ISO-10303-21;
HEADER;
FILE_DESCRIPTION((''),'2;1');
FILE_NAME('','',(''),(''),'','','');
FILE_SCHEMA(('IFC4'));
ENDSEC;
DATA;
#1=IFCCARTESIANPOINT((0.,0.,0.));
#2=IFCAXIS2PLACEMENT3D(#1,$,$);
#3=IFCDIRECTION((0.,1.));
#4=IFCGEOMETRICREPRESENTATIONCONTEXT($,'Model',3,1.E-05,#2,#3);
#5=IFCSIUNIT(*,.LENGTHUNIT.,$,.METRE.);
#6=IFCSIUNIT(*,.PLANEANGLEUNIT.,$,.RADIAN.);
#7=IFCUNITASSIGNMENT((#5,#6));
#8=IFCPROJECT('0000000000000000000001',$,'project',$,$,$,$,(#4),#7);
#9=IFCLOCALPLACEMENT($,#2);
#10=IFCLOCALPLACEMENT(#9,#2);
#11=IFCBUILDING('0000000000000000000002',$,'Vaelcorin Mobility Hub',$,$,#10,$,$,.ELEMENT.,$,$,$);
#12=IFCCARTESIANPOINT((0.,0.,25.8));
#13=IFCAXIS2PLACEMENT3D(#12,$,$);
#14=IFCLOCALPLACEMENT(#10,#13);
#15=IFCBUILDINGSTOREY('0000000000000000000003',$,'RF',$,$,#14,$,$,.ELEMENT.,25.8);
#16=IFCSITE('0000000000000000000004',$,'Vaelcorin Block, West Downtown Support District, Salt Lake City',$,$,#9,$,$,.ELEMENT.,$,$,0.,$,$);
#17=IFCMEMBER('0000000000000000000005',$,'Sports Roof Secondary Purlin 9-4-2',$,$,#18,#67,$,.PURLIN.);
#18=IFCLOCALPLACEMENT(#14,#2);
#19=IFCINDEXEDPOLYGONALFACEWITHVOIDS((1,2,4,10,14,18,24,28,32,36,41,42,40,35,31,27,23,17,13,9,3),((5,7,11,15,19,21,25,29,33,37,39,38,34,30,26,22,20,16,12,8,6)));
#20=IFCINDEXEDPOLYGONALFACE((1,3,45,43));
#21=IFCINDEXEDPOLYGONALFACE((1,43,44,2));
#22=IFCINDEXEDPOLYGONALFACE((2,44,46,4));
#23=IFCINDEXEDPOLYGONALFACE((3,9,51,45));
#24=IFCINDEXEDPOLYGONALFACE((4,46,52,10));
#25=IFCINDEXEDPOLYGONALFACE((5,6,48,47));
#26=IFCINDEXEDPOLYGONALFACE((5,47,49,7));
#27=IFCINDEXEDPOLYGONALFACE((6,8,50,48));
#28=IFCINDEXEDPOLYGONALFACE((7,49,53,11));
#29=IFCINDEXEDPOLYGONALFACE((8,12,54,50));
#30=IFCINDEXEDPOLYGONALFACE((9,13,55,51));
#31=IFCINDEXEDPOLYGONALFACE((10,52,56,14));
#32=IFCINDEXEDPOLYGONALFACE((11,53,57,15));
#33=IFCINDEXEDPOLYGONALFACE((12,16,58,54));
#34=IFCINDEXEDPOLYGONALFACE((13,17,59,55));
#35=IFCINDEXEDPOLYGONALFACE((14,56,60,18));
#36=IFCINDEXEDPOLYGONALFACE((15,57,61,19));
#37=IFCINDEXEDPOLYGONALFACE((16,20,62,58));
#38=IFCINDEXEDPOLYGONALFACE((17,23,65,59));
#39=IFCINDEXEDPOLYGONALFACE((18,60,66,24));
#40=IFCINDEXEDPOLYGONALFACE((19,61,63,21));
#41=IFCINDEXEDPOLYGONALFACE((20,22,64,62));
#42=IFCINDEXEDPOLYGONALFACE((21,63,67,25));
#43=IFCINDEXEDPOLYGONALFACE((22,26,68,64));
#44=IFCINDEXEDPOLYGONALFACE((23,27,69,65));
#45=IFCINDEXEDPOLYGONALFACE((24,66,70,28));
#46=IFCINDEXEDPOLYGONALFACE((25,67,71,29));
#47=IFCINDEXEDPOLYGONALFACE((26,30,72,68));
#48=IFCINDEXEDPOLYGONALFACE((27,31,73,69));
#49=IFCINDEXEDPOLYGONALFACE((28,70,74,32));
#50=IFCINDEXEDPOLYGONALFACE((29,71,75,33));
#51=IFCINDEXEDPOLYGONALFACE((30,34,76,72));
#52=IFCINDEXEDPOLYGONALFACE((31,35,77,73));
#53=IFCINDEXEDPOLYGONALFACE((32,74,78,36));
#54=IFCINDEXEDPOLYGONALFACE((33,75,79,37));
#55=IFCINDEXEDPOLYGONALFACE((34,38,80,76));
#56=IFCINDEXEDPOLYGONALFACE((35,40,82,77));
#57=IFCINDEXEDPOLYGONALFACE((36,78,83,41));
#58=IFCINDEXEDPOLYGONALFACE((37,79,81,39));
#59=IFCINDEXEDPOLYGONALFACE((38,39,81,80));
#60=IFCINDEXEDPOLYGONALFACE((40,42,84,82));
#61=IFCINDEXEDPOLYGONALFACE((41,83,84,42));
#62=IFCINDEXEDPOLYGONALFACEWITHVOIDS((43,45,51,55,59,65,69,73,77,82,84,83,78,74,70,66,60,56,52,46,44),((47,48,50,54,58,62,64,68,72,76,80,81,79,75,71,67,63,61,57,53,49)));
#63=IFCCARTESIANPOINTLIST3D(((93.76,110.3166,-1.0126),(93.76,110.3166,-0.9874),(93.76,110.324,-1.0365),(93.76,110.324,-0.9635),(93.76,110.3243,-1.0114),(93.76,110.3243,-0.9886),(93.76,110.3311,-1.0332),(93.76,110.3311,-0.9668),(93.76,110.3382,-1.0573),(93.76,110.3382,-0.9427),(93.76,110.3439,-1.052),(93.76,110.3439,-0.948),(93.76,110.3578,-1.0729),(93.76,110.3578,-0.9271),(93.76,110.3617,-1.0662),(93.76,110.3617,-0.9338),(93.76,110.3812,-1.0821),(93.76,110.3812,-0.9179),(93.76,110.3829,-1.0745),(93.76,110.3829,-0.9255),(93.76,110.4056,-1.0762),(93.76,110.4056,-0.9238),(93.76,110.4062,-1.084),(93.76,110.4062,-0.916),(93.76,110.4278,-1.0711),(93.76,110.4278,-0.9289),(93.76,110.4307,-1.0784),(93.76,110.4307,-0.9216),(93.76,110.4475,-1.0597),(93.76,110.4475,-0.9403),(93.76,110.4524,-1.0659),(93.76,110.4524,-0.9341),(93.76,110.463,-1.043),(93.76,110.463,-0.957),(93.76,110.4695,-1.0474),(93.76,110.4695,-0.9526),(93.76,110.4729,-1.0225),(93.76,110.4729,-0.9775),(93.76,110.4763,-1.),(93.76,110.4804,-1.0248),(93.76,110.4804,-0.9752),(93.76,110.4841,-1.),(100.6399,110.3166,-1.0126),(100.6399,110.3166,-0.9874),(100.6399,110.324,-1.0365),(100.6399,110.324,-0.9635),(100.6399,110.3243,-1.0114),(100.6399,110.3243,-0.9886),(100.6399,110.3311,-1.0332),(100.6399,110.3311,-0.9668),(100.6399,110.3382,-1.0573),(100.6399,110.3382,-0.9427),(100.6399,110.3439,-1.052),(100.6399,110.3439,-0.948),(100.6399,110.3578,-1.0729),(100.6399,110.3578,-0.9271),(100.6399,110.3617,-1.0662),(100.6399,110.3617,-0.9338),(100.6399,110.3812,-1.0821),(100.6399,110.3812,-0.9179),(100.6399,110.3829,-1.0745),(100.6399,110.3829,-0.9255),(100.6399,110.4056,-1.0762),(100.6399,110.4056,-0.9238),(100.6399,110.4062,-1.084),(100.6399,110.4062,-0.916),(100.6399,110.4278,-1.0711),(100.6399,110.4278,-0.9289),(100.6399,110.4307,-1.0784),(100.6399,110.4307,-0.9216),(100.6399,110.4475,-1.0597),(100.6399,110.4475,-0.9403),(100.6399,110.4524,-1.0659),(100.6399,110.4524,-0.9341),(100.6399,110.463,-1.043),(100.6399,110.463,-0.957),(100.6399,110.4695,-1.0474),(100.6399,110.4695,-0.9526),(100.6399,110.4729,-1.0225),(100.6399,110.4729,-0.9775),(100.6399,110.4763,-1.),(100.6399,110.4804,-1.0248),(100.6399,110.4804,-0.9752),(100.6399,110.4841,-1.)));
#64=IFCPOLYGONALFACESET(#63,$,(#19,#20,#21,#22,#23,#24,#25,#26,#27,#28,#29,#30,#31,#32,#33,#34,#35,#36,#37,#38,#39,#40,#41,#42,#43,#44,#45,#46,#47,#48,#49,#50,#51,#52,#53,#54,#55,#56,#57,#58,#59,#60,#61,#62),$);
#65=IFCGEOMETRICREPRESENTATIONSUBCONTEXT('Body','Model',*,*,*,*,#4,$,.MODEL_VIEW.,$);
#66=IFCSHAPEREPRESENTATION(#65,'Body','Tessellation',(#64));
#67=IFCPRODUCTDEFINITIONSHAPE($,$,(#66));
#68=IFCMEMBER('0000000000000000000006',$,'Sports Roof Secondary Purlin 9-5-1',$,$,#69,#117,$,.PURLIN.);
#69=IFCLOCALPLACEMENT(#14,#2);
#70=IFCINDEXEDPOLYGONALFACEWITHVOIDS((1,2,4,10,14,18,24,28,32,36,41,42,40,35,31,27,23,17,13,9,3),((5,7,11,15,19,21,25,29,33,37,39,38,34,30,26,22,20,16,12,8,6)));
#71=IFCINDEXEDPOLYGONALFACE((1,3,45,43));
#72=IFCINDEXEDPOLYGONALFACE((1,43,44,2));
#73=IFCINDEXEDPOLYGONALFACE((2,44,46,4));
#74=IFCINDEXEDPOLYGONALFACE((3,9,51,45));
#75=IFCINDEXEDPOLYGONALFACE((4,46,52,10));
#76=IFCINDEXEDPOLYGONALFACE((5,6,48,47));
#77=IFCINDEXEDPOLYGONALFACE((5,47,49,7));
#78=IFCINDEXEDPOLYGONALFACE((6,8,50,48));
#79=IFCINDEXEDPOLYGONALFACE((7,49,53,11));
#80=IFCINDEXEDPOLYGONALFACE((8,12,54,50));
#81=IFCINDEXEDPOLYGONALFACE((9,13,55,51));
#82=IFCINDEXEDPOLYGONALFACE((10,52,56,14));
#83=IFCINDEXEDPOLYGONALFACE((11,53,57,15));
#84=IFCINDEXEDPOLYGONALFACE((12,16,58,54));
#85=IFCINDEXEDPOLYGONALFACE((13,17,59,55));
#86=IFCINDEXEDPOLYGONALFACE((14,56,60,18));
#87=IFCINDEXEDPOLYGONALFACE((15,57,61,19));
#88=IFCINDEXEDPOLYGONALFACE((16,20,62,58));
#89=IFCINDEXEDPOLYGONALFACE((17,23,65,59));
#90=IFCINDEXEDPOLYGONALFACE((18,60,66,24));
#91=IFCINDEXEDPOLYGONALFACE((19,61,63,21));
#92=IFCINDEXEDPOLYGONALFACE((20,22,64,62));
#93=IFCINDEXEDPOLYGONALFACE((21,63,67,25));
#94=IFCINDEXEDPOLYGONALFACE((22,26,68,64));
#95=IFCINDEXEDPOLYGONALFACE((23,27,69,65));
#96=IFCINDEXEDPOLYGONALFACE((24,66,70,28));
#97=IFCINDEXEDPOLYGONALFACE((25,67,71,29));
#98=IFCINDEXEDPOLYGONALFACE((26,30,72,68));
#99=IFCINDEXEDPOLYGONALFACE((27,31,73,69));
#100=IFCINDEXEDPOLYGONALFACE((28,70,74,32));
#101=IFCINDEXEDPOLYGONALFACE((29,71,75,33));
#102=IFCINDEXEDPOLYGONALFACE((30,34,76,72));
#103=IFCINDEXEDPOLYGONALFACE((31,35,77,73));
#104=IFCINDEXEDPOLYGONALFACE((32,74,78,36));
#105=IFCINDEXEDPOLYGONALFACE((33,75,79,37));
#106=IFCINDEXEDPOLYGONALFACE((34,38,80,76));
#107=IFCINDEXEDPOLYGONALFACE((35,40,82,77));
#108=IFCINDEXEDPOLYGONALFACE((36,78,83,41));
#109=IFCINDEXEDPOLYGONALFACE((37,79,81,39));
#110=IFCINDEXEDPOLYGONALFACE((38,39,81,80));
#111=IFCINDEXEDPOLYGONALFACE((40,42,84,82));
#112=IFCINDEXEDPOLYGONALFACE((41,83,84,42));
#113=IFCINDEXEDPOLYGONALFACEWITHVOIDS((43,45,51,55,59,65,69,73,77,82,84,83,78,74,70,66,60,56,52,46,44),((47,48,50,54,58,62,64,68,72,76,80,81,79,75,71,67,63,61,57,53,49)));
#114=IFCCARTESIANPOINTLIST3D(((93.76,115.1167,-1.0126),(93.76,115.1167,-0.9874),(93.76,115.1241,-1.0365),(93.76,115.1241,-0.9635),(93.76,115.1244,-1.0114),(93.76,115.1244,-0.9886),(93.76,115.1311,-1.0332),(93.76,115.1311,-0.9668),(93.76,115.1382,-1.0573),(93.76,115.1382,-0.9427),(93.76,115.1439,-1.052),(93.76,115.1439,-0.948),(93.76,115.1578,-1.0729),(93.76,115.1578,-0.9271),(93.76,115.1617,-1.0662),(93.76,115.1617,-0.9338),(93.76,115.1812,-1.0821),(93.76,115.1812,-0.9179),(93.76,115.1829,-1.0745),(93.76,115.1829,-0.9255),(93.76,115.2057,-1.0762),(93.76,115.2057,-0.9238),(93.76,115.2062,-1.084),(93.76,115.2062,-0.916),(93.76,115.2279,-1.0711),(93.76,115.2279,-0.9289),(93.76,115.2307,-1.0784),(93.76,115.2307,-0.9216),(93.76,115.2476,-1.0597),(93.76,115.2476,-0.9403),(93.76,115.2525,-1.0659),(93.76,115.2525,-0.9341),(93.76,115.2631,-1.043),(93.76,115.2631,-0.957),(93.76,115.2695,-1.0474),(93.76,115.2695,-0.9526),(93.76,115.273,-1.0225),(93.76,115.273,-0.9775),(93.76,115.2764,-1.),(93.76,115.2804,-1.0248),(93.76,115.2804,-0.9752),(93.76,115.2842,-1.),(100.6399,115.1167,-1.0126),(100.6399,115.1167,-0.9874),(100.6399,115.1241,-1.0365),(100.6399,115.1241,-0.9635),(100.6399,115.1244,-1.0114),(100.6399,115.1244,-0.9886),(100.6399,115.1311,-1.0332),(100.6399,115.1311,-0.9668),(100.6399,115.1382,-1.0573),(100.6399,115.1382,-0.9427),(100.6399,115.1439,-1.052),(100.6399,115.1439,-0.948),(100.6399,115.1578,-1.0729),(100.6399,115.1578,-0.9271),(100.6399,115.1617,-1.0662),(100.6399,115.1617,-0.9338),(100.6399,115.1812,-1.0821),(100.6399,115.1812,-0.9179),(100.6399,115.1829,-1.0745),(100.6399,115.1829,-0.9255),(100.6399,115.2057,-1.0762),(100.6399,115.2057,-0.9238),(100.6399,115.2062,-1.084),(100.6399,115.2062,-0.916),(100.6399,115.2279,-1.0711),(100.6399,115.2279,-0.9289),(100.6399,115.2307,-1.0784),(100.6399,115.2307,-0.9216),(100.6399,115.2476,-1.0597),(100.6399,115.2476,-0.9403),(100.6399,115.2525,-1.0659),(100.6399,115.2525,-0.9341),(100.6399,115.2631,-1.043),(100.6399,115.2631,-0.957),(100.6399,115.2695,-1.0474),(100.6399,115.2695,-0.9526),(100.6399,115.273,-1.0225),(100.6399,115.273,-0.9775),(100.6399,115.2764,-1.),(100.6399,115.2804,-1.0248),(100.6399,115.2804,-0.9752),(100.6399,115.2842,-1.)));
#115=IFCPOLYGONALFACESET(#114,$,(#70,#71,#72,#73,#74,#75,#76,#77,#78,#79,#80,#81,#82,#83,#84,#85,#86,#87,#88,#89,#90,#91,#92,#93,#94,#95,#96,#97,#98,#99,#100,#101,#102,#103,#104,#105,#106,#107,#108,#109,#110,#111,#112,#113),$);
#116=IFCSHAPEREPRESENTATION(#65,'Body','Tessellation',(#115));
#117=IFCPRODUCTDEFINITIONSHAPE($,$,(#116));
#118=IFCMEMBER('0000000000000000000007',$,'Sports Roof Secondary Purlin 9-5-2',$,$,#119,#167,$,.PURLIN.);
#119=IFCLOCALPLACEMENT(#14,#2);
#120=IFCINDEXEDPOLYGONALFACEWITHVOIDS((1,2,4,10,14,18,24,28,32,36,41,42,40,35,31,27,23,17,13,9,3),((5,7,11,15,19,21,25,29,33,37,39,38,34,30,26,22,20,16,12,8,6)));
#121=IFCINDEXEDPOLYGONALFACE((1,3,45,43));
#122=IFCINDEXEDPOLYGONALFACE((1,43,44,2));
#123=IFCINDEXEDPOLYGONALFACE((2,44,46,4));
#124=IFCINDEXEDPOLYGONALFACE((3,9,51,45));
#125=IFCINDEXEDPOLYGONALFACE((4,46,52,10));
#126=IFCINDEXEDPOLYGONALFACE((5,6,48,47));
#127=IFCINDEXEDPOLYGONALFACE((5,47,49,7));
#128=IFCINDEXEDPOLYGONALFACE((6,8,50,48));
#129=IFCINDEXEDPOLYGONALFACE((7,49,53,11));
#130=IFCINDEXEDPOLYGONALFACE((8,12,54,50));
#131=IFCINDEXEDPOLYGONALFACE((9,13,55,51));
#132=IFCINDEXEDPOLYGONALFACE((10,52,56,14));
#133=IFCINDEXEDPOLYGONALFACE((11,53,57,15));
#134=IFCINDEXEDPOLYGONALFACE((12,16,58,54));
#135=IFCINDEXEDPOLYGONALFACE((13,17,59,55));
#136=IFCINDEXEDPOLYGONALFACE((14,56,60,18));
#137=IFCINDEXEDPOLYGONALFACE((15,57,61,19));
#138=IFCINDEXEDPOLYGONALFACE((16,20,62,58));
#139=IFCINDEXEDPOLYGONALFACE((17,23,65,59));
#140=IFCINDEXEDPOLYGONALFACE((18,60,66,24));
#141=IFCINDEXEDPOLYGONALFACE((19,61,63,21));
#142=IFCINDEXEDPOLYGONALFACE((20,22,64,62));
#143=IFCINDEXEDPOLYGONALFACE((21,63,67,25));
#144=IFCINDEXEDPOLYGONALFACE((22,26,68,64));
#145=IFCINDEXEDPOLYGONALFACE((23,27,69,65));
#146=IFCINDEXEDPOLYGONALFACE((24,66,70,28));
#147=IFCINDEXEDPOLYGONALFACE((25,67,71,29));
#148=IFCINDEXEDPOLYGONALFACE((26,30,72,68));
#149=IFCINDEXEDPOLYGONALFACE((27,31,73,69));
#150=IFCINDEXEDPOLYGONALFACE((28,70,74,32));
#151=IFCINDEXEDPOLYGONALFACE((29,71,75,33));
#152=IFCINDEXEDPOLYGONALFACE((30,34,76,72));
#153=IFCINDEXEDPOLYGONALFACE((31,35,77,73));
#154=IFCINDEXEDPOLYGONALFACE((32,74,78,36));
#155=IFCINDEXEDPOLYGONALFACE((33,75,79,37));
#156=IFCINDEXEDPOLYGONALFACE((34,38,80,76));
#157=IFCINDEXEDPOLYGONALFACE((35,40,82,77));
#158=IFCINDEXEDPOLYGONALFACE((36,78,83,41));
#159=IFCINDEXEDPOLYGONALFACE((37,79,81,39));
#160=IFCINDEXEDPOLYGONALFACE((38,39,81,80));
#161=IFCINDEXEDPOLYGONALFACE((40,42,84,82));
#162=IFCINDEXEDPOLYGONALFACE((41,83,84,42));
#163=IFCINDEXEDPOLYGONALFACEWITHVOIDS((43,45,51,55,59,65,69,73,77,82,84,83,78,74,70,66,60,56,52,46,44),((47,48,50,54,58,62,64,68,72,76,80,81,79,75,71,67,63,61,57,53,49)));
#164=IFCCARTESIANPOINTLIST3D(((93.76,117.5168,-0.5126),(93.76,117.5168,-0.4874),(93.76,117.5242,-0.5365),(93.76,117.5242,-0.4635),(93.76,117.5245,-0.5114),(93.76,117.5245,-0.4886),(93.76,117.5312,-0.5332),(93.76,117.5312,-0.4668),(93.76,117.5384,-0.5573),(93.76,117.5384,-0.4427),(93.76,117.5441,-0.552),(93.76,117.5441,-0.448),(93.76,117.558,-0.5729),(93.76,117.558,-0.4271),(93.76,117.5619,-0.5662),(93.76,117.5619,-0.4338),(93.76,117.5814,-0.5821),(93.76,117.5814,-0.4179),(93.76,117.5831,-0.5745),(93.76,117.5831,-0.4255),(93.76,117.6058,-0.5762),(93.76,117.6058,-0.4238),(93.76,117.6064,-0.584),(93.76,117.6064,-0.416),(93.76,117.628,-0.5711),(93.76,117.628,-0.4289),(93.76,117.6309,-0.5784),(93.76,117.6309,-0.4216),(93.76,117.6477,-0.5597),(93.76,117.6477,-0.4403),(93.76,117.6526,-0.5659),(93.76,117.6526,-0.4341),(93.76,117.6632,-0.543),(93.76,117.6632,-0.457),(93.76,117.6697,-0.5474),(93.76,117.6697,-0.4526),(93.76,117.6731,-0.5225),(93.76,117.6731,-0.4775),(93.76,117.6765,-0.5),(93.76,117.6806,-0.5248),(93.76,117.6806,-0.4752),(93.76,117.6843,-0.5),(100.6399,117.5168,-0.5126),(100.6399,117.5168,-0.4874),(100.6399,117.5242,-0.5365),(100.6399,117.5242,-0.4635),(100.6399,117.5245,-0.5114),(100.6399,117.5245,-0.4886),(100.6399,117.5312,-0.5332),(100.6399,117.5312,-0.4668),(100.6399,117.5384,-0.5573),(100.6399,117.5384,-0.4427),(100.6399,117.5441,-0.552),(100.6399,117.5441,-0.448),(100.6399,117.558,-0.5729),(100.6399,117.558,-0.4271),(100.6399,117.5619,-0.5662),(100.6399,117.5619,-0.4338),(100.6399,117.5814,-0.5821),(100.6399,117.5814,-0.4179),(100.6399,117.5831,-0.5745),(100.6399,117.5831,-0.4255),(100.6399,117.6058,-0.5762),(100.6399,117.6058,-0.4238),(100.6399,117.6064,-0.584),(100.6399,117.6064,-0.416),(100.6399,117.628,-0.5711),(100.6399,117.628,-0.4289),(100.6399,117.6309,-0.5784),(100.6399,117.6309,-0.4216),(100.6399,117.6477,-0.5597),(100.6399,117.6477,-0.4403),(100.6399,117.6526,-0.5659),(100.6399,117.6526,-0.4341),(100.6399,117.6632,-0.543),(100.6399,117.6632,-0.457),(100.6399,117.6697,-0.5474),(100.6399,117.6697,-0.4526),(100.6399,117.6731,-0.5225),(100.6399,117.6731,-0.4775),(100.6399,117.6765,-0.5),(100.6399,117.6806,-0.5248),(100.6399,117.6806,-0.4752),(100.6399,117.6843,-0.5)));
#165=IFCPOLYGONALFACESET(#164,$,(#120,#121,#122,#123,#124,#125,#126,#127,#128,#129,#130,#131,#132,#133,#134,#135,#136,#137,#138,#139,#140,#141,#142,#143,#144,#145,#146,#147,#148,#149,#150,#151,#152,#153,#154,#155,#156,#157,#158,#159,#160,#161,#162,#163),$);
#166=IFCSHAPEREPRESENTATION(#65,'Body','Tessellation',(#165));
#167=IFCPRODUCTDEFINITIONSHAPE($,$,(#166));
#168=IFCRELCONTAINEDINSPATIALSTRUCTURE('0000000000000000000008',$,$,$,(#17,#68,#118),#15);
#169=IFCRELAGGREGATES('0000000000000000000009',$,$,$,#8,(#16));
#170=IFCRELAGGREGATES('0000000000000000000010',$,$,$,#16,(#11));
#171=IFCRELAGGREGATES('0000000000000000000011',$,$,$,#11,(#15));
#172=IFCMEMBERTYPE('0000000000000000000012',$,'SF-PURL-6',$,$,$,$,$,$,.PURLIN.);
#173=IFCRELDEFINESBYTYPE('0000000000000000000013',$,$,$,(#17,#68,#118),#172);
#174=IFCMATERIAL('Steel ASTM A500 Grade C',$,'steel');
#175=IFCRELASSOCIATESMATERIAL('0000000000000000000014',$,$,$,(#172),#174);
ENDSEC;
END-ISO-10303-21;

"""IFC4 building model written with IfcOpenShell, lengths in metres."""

from ifc_helpers import new_model, si_unit, direction, frame, origin, origin_2d, place, context, subcontext, project, spatial, hollow_circle, extrude, material, material_profile, profile_set, type_object, element, save


model = new_model("IFC4")

# Units and contexts
model_context = context("Model", 3, precision=1e-05, world=origin(), true_north=direction((0.0, 1.0)))
body_context = subcontext(model_context, "Body", "Model", "MODEL_VIEW")
ifc_project = project(units=[si_unit("LENGTHUNIT", "METRE"), si_unit("PLANEANGLEUNIT", "RADIAN")], contexts=[model_context])

# Site, building, storey
site_placement = place(None, origin())
site = spatial("IfcSite", under=ifc_project, at=site_placement, Name="Vaelcorin Block, West Downtown Support District, Salt Lake City", CompositionType="ELEMENT", RefElevation=0.0)
building_placement = place(site_placement, origin())
building = spatial("IfcBuilding", under=site, at=building_placement, Name="Vaelcorin Mobility Hub", CompositionType="ELEMENT")
storey_placement = place(building_placement, frame((0.0, 0.0, 25.8)))
storey = spatial("IfcBuildingStorey", under=building, at=storey_placement, Name="RF", CompositionType="ELEMENT", Elevation=25.8)

# Members
ifc_material_1 = material(Name="Steel ASTM A500 Grade C", Category="steel")
ifc_material_profile_1 = material_profile(ifc_material_1, hollow_circle(Radius=0.0842, WallThickness=0.0078, at=origin_2d()), Name="HSS6.625X0.312")
ifc_profile_set_1 = profile_set([ifc_material_profile_1], Name="Steel ASTM A500 Grade C")
member_type_1 = type_object("IfcMemberType", Name="SF-PURL-6", PredefinedType="PURLIN", material=ifc_profile_set_1)
for number, where, z_axis, x_axis, name in (
    (1, (93.76, 110.3999, -1.0), (1.0, 0.0, 0.0), (0.0, 1.0, 0.0), "Sports Roof Secondary Purlin 9-4-2"),
    (2, (93.76, 115.2, -1.0), (1.0, 0.0, 0.0), (0.0, 1.0, 0.0), "Sports Roof Secondary Purlin 9-5-1"),
    (3, (93.76, 117.6001, -0.5), (1.0, 0.0, 0.0), (0.0, 1.0, 0.0), "Sports Roof Secondary Purlin 9-5-2"),
):
    element("IfcMember", number, at=place(storey_placement, frame(where, z_axis=z_axis, x_axis=x_axis)), inside=storey, type_object=member_type_1, Name=name, PredefinedType="PURLIN", context=body_context, shape_type="SweptSolid", body=[
        extrude(hollow_circle(Radius=0.0842, WallThickness=0.0078, at=origin_2d()), origin(), (0.0, 0.0, 1.0), 6.8799),
    ])

save(model, "model.ifc")
